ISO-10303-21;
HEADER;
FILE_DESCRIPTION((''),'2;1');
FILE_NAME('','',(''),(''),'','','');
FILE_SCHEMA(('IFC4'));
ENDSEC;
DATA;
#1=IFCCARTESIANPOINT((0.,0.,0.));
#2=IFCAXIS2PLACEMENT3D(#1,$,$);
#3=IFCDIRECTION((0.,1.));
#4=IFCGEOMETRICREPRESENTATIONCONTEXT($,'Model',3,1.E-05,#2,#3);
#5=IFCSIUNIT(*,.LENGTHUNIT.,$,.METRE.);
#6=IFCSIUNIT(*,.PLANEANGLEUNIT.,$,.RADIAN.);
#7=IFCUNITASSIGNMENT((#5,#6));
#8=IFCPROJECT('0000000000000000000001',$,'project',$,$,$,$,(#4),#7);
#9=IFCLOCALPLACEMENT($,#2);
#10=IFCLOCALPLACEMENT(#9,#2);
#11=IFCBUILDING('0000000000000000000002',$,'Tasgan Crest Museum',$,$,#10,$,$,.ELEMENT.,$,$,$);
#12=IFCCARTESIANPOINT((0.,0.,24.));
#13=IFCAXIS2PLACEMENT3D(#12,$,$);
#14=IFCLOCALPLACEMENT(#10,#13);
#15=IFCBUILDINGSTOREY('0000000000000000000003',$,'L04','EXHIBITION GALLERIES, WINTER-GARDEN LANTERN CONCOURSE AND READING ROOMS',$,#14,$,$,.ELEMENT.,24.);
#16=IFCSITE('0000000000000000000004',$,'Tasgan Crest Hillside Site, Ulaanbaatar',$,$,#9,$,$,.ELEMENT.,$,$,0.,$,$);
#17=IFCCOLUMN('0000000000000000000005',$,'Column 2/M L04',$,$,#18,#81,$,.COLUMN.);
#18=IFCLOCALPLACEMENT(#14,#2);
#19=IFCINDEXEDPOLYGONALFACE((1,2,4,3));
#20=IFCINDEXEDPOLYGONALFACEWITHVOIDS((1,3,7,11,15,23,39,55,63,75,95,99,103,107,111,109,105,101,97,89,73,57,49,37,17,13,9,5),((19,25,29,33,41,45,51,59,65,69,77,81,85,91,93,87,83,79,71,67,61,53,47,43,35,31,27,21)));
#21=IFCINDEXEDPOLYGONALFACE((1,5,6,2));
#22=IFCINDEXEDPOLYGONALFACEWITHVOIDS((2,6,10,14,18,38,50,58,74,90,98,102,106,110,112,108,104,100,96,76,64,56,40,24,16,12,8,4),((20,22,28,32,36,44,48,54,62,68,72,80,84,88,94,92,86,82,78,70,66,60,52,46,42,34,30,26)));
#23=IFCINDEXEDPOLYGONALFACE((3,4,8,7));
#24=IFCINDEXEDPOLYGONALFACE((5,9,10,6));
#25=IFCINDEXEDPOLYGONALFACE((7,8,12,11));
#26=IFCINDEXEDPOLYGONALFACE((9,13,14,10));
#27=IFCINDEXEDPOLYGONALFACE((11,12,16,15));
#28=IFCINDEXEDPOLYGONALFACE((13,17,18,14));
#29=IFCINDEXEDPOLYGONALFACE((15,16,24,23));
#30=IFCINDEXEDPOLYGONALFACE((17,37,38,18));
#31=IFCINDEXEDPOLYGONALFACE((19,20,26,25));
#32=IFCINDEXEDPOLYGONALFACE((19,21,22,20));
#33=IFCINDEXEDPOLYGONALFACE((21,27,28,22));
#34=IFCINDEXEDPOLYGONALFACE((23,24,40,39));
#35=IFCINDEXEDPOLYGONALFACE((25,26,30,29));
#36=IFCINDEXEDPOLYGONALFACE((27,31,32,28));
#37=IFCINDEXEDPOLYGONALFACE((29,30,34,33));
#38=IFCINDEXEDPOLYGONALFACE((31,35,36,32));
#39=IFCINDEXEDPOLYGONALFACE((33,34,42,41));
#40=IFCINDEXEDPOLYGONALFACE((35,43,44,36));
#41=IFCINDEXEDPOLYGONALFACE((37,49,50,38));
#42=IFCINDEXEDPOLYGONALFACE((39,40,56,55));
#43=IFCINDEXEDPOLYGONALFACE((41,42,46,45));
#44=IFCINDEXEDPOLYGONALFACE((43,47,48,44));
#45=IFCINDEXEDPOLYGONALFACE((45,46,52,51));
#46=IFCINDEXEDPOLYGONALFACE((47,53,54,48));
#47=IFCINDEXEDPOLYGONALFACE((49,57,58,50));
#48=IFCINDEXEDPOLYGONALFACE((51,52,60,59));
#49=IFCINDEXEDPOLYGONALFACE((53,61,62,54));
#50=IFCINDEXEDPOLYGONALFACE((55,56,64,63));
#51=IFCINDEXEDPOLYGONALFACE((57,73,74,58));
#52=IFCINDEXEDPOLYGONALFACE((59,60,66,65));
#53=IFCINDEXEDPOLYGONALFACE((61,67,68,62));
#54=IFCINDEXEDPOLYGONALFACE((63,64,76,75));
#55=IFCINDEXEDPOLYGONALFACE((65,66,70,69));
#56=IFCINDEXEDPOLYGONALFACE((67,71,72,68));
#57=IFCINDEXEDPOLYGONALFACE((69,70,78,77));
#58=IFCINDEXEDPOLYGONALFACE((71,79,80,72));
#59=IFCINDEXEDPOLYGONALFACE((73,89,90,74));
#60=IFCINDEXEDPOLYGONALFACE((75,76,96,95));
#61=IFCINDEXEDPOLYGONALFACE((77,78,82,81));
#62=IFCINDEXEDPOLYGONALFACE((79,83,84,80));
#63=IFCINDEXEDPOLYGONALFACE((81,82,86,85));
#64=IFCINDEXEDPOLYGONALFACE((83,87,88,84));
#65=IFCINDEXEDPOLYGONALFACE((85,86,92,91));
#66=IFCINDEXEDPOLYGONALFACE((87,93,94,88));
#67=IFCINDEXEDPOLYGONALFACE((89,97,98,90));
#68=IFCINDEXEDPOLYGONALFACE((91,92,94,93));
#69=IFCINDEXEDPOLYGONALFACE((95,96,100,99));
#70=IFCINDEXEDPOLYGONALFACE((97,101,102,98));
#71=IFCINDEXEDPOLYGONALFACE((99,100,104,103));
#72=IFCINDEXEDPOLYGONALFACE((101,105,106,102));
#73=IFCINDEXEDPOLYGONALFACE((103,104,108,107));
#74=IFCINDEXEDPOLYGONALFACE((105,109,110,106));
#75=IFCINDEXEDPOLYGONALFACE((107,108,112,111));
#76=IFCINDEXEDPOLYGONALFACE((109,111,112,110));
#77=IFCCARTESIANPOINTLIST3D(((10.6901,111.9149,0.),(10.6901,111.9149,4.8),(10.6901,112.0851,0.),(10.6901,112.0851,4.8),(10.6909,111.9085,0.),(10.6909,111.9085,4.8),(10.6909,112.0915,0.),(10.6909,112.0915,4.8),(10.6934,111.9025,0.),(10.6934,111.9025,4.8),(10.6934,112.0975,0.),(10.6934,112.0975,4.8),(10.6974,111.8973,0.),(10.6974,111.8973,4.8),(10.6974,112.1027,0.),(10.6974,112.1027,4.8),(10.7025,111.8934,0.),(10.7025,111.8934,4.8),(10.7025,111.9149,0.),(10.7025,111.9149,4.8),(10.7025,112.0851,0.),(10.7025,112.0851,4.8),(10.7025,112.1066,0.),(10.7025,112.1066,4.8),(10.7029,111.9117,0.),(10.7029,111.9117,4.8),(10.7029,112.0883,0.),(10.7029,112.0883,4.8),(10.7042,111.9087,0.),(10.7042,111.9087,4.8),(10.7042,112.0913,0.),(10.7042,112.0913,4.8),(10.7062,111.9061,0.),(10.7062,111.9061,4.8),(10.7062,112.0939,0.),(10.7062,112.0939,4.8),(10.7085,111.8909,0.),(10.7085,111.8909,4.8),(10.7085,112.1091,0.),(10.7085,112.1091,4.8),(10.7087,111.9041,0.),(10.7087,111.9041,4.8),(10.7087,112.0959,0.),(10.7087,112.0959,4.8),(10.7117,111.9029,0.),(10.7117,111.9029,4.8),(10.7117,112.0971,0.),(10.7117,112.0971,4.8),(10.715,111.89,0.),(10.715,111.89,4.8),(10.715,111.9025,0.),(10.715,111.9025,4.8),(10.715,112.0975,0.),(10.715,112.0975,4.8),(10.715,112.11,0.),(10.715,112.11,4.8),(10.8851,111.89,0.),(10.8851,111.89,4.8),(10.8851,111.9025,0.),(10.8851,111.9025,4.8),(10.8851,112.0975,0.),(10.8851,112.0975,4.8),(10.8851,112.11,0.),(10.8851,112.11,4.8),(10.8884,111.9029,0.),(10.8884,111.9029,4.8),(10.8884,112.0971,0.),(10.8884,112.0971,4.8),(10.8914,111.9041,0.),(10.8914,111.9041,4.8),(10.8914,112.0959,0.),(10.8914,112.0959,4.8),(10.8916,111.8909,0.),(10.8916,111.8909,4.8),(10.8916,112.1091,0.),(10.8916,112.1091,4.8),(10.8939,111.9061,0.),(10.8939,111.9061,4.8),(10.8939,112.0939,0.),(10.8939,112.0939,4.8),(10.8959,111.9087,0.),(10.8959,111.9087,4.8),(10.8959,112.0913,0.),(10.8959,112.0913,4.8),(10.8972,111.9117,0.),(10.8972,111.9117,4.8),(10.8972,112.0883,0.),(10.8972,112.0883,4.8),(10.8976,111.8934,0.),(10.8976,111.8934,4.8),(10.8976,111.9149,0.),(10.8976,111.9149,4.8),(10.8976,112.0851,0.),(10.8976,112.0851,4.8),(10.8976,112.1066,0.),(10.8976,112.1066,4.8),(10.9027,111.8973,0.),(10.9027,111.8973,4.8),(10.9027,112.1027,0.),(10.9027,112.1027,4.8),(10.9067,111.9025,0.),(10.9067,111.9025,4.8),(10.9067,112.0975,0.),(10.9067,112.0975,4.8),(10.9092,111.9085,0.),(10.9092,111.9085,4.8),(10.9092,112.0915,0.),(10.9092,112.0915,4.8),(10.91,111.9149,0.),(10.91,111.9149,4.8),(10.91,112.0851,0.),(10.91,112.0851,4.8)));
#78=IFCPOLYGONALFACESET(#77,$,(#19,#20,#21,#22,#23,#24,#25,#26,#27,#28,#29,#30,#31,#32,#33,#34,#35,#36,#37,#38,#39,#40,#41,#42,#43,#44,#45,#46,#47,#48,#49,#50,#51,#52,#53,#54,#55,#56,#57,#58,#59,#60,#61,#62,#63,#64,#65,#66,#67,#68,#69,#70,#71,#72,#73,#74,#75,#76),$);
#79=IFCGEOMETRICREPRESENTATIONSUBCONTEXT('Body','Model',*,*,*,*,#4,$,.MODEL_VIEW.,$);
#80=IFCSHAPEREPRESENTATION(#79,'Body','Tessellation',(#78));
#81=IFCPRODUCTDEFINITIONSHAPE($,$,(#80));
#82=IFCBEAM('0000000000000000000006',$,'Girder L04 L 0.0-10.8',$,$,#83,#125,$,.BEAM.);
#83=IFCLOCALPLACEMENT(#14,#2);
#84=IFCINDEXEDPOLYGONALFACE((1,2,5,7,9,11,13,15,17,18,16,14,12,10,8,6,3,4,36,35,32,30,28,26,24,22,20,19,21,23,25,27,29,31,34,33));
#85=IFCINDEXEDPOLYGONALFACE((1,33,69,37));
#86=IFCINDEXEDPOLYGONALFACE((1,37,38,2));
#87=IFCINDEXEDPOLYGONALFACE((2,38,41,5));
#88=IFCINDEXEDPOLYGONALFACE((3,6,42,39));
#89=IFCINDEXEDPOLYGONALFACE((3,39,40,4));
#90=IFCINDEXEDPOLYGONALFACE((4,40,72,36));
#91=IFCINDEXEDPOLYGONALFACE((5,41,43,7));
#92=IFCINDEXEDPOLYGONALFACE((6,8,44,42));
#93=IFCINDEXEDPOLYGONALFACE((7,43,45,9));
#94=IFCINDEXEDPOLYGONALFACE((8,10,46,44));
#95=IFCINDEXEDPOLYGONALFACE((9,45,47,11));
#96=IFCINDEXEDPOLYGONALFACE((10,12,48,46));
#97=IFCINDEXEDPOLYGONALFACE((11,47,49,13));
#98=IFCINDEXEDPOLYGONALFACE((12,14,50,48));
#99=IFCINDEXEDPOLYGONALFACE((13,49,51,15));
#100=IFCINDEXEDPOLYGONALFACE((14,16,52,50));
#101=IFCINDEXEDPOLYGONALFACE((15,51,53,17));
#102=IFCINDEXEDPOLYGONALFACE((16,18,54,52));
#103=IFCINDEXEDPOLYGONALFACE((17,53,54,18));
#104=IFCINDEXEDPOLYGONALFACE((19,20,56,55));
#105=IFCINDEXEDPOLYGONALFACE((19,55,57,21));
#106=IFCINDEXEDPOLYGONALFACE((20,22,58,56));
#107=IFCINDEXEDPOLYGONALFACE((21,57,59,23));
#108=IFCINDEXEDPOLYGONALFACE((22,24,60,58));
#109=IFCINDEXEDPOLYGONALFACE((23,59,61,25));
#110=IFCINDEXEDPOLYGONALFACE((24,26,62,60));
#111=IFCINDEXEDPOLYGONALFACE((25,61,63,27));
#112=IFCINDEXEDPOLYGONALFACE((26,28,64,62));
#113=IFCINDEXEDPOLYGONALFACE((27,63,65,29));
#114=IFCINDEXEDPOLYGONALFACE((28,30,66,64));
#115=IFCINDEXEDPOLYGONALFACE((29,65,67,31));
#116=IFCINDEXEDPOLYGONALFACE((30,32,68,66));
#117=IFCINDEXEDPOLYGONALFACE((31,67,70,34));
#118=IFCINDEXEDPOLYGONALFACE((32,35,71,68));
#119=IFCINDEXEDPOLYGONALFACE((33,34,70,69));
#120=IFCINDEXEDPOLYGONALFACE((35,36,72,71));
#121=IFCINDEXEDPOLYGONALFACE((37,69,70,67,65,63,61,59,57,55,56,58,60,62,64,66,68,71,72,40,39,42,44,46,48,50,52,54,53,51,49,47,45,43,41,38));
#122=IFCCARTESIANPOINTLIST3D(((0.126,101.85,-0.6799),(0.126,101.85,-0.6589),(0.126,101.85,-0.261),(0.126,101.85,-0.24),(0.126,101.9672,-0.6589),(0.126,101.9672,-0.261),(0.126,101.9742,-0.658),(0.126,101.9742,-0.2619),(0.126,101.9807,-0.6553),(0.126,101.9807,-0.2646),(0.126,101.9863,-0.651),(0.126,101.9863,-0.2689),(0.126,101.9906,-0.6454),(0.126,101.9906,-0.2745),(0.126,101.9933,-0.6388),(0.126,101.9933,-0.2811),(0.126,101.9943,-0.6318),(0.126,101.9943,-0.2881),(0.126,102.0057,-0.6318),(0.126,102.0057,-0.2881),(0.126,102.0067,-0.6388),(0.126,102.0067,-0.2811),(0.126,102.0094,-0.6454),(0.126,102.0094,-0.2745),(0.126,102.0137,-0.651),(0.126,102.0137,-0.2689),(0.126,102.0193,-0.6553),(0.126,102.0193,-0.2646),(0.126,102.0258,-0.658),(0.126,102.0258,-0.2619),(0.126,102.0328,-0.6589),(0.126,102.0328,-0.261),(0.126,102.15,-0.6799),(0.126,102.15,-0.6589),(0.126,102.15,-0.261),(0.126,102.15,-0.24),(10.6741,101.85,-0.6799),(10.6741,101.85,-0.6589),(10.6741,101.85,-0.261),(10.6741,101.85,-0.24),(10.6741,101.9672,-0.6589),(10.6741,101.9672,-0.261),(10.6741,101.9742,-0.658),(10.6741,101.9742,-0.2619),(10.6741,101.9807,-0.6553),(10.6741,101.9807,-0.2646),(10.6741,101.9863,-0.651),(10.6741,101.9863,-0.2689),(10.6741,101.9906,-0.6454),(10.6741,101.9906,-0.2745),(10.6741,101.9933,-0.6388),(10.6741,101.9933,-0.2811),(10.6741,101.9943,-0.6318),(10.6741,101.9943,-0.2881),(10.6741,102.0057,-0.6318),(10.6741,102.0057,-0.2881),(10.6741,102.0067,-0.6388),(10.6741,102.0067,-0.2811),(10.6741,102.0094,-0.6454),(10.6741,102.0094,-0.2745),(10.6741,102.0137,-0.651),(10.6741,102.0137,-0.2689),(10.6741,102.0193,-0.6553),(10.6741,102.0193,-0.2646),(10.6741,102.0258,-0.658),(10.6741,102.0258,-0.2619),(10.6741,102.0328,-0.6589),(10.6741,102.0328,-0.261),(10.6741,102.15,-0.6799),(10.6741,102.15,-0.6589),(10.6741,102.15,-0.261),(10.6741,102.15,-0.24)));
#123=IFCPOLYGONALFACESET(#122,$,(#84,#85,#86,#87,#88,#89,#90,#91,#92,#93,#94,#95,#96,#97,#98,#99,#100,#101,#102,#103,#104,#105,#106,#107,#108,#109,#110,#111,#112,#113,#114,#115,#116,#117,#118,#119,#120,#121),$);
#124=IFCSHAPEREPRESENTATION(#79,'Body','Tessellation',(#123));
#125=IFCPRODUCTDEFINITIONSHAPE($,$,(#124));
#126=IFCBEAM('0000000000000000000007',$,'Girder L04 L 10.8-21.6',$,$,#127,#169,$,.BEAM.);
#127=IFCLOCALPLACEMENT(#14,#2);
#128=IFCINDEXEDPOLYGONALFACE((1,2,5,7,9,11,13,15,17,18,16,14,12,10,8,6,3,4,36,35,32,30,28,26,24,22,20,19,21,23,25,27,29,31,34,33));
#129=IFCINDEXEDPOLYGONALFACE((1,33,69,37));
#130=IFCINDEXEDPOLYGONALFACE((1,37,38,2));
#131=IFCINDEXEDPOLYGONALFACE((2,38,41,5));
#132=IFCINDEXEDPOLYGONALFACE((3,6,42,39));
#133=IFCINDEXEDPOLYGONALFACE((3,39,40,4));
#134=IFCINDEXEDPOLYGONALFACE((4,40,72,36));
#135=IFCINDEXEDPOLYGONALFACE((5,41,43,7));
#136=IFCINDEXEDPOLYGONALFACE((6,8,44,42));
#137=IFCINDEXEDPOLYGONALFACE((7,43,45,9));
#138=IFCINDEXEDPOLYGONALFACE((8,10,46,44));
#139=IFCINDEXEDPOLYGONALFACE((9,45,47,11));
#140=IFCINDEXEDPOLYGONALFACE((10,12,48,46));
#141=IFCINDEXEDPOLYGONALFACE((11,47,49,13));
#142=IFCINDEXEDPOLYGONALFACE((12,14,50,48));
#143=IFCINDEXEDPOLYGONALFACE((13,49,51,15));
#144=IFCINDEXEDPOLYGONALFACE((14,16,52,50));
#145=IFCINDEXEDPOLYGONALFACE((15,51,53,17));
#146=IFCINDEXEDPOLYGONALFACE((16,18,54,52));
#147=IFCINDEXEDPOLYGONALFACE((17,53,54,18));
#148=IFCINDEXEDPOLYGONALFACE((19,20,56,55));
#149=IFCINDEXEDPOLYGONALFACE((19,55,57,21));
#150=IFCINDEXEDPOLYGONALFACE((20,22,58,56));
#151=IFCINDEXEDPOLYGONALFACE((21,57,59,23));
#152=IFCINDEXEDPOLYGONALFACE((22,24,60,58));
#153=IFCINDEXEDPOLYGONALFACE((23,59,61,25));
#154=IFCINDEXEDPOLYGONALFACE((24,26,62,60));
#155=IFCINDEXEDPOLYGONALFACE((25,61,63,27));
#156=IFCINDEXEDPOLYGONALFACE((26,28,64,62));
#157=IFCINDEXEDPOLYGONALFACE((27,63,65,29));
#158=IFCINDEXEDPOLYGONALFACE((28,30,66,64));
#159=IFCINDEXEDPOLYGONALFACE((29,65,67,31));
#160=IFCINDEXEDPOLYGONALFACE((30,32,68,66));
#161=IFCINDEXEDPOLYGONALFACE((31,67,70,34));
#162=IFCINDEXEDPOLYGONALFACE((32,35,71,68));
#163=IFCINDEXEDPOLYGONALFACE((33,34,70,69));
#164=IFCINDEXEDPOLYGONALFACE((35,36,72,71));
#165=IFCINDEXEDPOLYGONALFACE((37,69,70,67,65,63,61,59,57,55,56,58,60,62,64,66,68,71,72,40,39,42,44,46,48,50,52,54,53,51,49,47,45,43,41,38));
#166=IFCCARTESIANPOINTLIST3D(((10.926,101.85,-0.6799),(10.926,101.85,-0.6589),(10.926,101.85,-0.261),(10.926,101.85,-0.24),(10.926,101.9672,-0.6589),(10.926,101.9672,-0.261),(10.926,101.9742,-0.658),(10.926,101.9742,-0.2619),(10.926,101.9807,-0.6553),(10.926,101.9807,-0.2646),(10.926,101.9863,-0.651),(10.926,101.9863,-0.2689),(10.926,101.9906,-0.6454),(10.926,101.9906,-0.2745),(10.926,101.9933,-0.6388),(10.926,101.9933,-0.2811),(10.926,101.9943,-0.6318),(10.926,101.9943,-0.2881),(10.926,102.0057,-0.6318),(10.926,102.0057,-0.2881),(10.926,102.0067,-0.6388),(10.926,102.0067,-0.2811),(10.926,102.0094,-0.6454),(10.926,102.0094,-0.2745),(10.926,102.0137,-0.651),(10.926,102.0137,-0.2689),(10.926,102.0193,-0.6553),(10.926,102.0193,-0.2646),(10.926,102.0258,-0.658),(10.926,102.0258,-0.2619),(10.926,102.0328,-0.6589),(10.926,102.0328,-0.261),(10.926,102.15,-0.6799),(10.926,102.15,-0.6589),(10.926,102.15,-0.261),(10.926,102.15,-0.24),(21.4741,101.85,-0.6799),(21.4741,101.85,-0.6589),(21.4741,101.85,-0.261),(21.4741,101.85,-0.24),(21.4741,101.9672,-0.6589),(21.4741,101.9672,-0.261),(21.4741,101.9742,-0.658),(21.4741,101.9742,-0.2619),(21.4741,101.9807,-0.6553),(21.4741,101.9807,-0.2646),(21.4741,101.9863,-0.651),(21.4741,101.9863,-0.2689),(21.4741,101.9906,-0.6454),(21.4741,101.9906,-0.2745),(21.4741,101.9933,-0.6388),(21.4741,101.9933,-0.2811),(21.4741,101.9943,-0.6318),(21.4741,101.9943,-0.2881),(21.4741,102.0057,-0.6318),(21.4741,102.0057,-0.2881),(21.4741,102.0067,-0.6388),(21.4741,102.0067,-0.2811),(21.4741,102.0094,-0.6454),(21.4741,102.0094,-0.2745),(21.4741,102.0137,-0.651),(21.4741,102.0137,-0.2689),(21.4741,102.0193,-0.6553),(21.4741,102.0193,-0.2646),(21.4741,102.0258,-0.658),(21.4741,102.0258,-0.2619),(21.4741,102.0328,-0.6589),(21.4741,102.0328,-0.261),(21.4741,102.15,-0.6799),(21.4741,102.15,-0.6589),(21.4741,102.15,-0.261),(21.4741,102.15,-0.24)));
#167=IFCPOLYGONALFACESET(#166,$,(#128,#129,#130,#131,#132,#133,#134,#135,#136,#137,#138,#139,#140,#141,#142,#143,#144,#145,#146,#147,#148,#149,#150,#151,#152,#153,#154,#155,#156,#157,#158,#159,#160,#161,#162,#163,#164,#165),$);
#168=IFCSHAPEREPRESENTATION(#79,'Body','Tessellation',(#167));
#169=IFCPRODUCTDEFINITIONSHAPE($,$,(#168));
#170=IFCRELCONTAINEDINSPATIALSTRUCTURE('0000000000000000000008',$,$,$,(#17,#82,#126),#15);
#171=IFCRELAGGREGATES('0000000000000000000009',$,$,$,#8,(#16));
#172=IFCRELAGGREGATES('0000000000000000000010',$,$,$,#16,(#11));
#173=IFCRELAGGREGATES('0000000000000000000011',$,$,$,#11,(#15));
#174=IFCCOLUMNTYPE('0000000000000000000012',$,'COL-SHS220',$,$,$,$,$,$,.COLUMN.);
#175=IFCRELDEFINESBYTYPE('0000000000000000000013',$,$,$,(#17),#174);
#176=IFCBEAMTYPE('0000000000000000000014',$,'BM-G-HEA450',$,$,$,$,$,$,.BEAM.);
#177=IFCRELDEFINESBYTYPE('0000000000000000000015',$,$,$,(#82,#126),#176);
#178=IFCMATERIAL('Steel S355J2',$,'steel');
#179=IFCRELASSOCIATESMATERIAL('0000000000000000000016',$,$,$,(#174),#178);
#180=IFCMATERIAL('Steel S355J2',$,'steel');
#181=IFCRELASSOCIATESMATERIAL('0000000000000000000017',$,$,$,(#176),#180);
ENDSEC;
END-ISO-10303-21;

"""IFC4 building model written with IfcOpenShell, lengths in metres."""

from ifc_helpers import new_model, si_unit, direction, frame, origin, origin_2d, place, context, subcontext, project, spatial, hollow_rectangle, i_section, extrude, material, material_profile, profile_set, type_object, element, save


model = new_model("IFC4")

# Units and contexts
model_context = context("Model", 3, precision=1e-05, world=origin(), true_north=direction((0.0, 1.0)))
body_context = subcontext(model_context, "Body", "Model", "MODEL_VIEW")
ifc_project = project(units=[si_unit("LENGTHUNIT", "METRE"), si_unit("PLANEANGLEUNIT", "RADIAN")], contexts=[model_context])

# Site, building, storey
site_placement = place(None, origin())
site = spatial("IfcSite", under=ifc_project, at=site_placement, Name="Tasgan Crest Hillside Site, Ulaanbaatar", CompositionType="ELEMENT", RefElevation=0.0)
building_placement = place(site_placement, origin())
building = spatial("IfcBuilding", under=site, at=building_placement, Name="Tasgan Crest Museum", CompositionType="ELEMENT")
storey_placement = place(building_placement, frame((0.0, 0.0, 24.0)))
storey = spatial("IfcBuildingStorey", under=building, at=storey_placement, Name="L04", Description="EXHIBITION GALLERIES, WINTER-GARDEN LANTERN CONCOURSE AND READING ROOMS", CompositionType="ELEMENT", Elevation=24.0)

# Column
ifc_material_1 = material(Name="Steel S355J2", Category="steel")
ifc_material_profile_1 = material_profile(ifc_material_1, hollow_rectangle(XDim=0.22, YDim=0.22, WallThickness=0.0125, InnerFilletRadius=0.0125, OuterFilletRadius=0.0249, at=origin_2d()), Name="SHS 220x220x12.5")
ifc_profile_set_1 = profile_set([ifc_material_profile_1], Name="Steel S355J2")
column_type = type_object("IfcColumnType", Name="COL-SHS220", PredefinedType="COLUMN", material=ifc_profile_set_1)
for number, where, z_axis, x_axis, name in (
    (1, (10.8, 112.0, 0.0), (0.0, 0.0, 1.0), (1.0, 0.0, 0.0), "Column 2/M L04"),
):
    element("IfcColumn", number, at=place(storey_placement, frame(where, z_axis=z_axis, x_axis=x_axis)), inside=storey, type_object=column_type, Name=name, PredefinedType="COLUMN", context=body_context, shape_type="SweptSolid", body=[
        extrude(hollow_rectangle(XDim=0.22, YDim=0.22, WallThickness=0.0125, InnerFilletRadius=0.0125, OuterFilletRadius=0.0249, at=origin_2d()), origin(), (0.0, 0.0, 1.0), 4.8),
    ])

# Beams
ifc_material_2 = material(Name="Steel S355J2", Category="steel")
ifc_material_profile_2 = material_profile(ifc_material_2, i_section(OverallWidth=0.3, OverallDepth=0.4399, WebThickness=0.0115, FlangeThickness=0.021, FilletRadius=0.0271, at=origin_2d()), Name="HEA 450")
ifc_profile_set_2 = profile_set([ifc_material_profile_2], Name="Steel S355J2")
beam_type_1 = type_object("IfcBeamType", Name="BM-G-HEA450", PredefinedType="BEAM", material=ifc_profile_set_2)
for number, where, z_axis, x_axis, name in (
    (2, (0.126, 102.0, -0.46), (1.0, 0.0, 0.0), (0.0, 1.0, 0.0), "Girder L04 L 0.0-10.8"),
    (3, (10.926, 102.0, -0.46), (1.0, 0.0, 0.0), (0.0, 1.0, 0.0), "Girder L04 L 10.8-21.6"),
):
    element("IfcBeam", number, at=place(storey_placement, frame(where, z_axis=z_axis, x_axis=x_axis)), inside=storey, type_object=beam_type_1, Name=name, PredefinedType="BEAM", context=body_context, shape_type="SweptSolid", body=[
        extrude(i_section(OverallWidth=0.3, OverallDepth=0.4399, WebThickness=0.0115, FlangeThickness=0.021, FilletRadius=0.0271, at=origin_2d()), origin(), (0.0, 0.0, 1.0), 10.5481),
    ])

save(model, "model.ifc")
